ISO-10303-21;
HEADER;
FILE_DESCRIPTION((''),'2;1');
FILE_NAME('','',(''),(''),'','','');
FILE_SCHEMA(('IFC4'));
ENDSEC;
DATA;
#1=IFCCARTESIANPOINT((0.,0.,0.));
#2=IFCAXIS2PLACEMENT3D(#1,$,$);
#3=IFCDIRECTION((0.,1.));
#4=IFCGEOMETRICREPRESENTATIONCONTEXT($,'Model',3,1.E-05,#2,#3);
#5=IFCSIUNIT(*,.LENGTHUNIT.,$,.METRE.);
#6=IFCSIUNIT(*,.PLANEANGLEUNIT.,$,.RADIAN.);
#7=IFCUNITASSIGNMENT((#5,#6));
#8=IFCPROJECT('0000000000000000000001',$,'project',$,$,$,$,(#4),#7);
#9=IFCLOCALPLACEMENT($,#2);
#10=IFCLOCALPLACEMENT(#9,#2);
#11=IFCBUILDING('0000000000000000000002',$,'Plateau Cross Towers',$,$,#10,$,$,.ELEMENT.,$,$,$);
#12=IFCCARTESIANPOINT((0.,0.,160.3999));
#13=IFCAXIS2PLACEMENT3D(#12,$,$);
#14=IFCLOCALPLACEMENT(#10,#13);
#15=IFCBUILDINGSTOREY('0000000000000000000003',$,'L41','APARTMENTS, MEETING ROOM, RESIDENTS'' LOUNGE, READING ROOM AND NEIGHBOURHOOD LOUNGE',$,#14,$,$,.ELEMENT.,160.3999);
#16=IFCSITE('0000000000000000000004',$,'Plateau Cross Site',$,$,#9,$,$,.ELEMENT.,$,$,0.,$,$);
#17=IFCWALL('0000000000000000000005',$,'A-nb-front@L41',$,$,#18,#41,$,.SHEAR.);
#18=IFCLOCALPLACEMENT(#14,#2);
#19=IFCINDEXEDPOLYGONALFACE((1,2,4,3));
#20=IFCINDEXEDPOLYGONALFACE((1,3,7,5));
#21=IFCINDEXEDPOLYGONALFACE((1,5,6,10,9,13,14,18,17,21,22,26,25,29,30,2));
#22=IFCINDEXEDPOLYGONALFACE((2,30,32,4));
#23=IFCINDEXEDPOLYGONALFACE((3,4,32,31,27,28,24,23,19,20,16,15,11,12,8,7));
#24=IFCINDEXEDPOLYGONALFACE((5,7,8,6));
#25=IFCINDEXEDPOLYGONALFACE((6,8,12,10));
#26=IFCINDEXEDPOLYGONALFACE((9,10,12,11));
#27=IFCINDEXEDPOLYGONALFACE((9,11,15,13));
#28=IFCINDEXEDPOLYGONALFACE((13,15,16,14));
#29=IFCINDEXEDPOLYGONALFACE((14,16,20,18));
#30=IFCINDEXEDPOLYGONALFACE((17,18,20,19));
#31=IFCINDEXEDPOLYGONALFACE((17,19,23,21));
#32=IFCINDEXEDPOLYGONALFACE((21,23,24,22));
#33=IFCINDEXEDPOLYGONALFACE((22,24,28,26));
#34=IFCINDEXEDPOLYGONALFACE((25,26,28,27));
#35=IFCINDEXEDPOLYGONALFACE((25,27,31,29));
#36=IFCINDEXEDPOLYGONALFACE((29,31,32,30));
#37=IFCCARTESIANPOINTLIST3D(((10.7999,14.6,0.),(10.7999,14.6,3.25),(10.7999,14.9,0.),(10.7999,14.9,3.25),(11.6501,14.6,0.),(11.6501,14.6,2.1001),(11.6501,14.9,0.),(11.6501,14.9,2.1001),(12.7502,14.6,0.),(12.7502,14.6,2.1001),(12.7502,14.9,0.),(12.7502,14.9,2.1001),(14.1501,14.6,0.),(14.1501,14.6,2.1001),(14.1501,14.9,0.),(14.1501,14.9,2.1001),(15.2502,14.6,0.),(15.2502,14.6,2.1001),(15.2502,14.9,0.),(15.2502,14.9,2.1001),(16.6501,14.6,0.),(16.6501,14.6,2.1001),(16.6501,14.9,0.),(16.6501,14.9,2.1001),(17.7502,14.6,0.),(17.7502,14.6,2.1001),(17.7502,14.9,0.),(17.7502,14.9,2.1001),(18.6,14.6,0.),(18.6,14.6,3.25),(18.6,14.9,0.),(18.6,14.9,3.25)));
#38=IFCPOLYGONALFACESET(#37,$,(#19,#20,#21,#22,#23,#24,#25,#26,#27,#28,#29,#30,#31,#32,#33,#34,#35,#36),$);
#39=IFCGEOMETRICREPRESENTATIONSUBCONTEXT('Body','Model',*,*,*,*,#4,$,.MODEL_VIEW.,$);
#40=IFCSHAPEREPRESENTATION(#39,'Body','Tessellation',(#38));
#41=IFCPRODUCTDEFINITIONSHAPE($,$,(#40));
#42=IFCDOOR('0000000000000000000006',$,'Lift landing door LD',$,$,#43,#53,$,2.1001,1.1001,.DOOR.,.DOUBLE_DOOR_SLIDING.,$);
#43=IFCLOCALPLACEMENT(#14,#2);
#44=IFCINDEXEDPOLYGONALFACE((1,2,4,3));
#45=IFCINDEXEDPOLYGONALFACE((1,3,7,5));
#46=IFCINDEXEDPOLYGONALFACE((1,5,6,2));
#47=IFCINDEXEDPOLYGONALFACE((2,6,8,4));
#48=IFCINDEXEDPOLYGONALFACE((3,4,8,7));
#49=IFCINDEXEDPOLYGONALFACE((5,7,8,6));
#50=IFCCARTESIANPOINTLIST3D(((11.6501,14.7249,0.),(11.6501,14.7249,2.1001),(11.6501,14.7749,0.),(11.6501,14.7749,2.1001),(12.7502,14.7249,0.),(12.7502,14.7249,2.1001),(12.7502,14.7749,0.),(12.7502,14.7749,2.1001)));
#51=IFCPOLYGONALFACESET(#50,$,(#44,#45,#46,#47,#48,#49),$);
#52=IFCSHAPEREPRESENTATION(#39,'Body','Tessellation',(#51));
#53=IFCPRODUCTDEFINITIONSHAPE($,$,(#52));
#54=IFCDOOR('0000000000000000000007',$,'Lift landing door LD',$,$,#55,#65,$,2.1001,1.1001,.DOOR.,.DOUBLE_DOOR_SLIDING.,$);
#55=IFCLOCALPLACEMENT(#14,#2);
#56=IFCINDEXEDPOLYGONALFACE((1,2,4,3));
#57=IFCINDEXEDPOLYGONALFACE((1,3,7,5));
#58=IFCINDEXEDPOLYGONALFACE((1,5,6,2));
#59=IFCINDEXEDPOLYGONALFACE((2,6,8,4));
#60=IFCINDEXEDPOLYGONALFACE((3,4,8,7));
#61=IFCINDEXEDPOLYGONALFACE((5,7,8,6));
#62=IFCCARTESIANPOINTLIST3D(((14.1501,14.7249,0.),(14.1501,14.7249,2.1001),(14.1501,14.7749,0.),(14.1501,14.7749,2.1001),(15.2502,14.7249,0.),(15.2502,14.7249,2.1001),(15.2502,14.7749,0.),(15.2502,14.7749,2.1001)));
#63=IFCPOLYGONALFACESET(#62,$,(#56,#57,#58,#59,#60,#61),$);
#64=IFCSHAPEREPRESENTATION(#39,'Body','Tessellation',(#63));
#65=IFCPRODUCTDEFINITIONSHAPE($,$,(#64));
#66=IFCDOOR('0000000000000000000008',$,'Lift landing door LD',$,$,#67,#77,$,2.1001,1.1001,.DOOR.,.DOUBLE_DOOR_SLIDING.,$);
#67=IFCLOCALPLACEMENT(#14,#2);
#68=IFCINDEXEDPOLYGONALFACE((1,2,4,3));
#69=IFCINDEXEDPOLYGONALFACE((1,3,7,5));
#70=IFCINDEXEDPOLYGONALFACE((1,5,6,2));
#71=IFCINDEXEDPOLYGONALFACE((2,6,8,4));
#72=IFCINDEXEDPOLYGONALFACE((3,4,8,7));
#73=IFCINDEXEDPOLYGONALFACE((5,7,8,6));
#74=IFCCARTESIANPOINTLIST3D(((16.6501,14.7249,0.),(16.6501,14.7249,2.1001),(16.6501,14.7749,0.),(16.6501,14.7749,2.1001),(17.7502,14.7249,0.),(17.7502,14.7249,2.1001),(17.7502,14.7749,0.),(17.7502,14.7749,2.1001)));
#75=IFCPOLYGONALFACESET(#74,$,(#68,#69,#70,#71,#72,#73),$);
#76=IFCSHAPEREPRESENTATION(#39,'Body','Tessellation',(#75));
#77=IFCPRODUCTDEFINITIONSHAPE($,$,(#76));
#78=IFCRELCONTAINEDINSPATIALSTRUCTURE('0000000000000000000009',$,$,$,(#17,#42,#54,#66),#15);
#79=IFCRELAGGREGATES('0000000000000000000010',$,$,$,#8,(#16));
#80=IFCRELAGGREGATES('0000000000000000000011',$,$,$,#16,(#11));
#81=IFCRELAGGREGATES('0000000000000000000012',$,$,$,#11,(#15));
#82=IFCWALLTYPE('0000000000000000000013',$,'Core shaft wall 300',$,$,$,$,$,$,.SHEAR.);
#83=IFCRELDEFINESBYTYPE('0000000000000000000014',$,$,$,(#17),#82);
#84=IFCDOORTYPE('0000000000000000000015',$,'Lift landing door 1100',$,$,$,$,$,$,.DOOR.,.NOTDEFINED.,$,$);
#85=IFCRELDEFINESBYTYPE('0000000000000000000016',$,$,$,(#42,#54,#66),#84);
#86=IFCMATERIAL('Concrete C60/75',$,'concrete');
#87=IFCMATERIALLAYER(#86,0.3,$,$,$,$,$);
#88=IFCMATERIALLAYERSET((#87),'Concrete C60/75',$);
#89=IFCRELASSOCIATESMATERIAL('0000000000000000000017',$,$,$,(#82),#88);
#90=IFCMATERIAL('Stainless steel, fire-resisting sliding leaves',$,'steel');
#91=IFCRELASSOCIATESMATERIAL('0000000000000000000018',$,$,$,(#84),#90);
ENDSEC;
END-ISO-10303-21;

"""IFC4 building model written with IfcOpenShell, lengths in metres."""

from ifc_helpers import new_model, si_unit, direction, frame, frame_2d, origin, place, context, subcontext, project, spatial, rectangle, extrude, material, layer, layer_set, type_object, element, fill, save


model = new_model("IFC4")

# Units and contexts
model_context = context("Model", 3, precision=1e-05, world=origin(), true_north=direction((0.0, 1.0)))
body_context = subcontext(model_context, "Body", "Model", "MODEL_VIEW")
ifc_project = project(units=[si_unit("LENGTHUNIT", "METRE"), si_unit("PLANEANGLEUNIT", "RADIAN")], contexts=[model_context])

# Site, building, storey
site_placement = place(None, origin())
site = spatial("IfcSite", under=ifc_project, at=site_placement, Name="Plateau Cross Site", CompositionType="ELEMENT", RefElevation=0.0)
building_placement = place(site_placement, origin())
building = spatial("IfcBuilding", under=site, at=building_placement, Name="Plateau Cross Towers", CompositionType="ELEMENT")
storey_placement = place(building_placement, frame((0.0, 0.0, 160.3999)))
storey = spatial("IfcBuildingStorey", under=building, at=storey_placement, Name="L41", Description="APARTMENTS, MEETING ROOM, RESIDENTS' LOUNGE, READING ROOM AND NEIGHBOURHOOD LOUNGE", CompositionType="ELEMENT", Elevation=160.3999)

# Wall, openings, doors
ifc_material_1 = material(Name="Concrete C60/75", Category="concrete")
ifc_layer_1 = layer(ifc_material_1, 0.3)
ifc_layer_set_1 = layer_set([ifc_layer_1], Name="Concrete C60/75")
wall_type_1 = type_object("IfcWallType", Name="Core shaft wall 300", PredefinedType="SHEAR", material=ifc_layer_set_1)
wall_1_placement = place(storey_placement, frame((10.8, 14.75, 0.0), z_axis=(0.0, 0.0, 1.0), x_axis=(1.0, 0.0, 0.0)))
wall_1 = element("IfcWall", 1, at=wall_1_placement, inside=storey, type_object=wall_type_1, Name="A-nb-front@L41", PredefinedType="SHEAR", context=body_context, shape_type="SweptSolid", body=[
    extrude(rectangle(XDim=7.8, YDim=0.3, at=frame_2d((3.8999, 0.0))), origin(), (0.0, 0.0, 1.0), 3.25),
])
opening_1_placement = place(wall_1_placement, frame((0.8501, 0.0, 0.0)))
opening_1 = element("IfcOpeningElement", 2, at=opening_1_placement, cuts=wall_1, PredefinedType="OPENING", context=body_context, shape_type="SweptSolid", body=[
    extrude(rectangle(XDim=1.1001, YDim=2.1001, at=frame_2d((0.55, 1.05))), frame((0.0, 0.1599, 0.0), z_axis=(0.0, -1.0, 0.0), x_axis=(1.0, 0.0, 0.0)), (0.0, 0.0, 1.0), 0.3201),
])
opening_2_placement = place(wall_1_placement, frame((3.3501, 0.0, 0.0)))
opening_2 = element("IfcOpeningElement", 3, at=opening_2_placement, cuts=wall_1, PredefinedType="OPENING", context=body_context, shape_type="SweptSolid", body=[
    extrude(rectangle(XDim=1.1001, YDim=2.1001, at=frame_2d((0.55, 1.05))), frame((0.0, 0.1599, 0.0), z_axis=(0.0, -1.0, 0.0), x_axis=(1.0, 0.0, 0.0)), (0.0, 0.0, 1.0), 0.3201),
])
opening_3_placement = place(wall_1_placement, frame((5.8501, 0.0, 0.0)))
opening_3 = element("IfcOpeningElement", 4, at=opening_3_placement, cuts=wall_1, PredefinedType="OPENING", context=body_context, shape_type="SweptSolid", body=[
    extrude(rectangle(XDim=1.1001, YDim=2.1001, at=frame_2d((0.55, 1.05))), frame((0.0, 0.1599, 0.0), z_axis=(0.0, -1.0, 0.0), x_axis=(1.0, 0.0, 0.0)), (0.0, 0.0, 1.0), 0.3201),
])
ifc_material_2 = material(Name="Stainless steel, fire-resisting sliding leaves", Category="steel")
door_type_1 = type_object("IfcDoorType", Name="Lift landing door 1100", OperationType="NOTDEFINED", PredefinedType="DOOR", material=ifc_material_2)
door_1_placement = place(opening_1_placement, origin())
door_1 = element("IfcDoor", 5, at=door_1_placement, inside=storey, type_object=door_type_1, Name="Lift landing door LD", OperationType="DOUBLE_DOOR_SLIDING", OverallHeight=2.1001, OverallWidth=1.1001, PredefinedType="DOOR", context=body_context, shape_type="SweptSolid", body=[
    extrude(rectangle(XDim=1.1001, YDim=2.1001, at=frame_2d((0.55, 1.05))), frame((0.0, 0.0249, 0.0), z_axis=(0.0, -1.0, 0.0), x_axis=(1.0, 0.0, 0.0)), (0.0, 0.0, 1.0), 0.05),
])
fill(opening_1, door_1)
door_2_placement = place(opening_2_placement, origin())
door_2 = element("IfcDoor", 6, at=door_2_placement, inside=storey, type_object=door_type_1, Name="Lift landing door LD", OperationType="DOUBLE_DOOR_SLIDING", OverallHeight=2.1001, OverallWidth=1.1001, PredefinedType="DOOR", context=body_context, shape_type="SweptSolid", body=[
    extrude(rectangle(XDim=1.1001, YDim=2.1001, at=frame_2d((0.55, 1.05))), frame((0.0, 0.0249, 0.0), z_axis=(0.0, -1.0, 0.0), x_axis=(1.0, 0.0, 0.0)), (0.0, 0.0, 1.0), 0.05),
])
fill(opening_2, door_2)
door_3_placement = place(opening_3_placement, origin())
door_3 = element("IfcDoor", 7, at=door_3_placement, inside=storey, type_object=door_type_1, Name="Lift landing door LD", OperationType="DOUBLE_DOOR_SLIDING", OverallHeight=2.1001, OverallWidth=1.1001, PredefinedType="DOOR", context=body_context, shape_type="SweptSolid", body=[
    extrude(rectangle(XDim=1.1001, YDim=2.1001, at=frame_2d((0.55, 1.05))), frame((0.0, 0.0249, 0.0), z_axis=(0.0, -1.0, 0.0), x_axis=(1.0, 0.0, 0.0)), (0.0, 0.0, 1.0), 0.05),
])
fill(opening_3, door_3)

save(model, "model.ifc")
